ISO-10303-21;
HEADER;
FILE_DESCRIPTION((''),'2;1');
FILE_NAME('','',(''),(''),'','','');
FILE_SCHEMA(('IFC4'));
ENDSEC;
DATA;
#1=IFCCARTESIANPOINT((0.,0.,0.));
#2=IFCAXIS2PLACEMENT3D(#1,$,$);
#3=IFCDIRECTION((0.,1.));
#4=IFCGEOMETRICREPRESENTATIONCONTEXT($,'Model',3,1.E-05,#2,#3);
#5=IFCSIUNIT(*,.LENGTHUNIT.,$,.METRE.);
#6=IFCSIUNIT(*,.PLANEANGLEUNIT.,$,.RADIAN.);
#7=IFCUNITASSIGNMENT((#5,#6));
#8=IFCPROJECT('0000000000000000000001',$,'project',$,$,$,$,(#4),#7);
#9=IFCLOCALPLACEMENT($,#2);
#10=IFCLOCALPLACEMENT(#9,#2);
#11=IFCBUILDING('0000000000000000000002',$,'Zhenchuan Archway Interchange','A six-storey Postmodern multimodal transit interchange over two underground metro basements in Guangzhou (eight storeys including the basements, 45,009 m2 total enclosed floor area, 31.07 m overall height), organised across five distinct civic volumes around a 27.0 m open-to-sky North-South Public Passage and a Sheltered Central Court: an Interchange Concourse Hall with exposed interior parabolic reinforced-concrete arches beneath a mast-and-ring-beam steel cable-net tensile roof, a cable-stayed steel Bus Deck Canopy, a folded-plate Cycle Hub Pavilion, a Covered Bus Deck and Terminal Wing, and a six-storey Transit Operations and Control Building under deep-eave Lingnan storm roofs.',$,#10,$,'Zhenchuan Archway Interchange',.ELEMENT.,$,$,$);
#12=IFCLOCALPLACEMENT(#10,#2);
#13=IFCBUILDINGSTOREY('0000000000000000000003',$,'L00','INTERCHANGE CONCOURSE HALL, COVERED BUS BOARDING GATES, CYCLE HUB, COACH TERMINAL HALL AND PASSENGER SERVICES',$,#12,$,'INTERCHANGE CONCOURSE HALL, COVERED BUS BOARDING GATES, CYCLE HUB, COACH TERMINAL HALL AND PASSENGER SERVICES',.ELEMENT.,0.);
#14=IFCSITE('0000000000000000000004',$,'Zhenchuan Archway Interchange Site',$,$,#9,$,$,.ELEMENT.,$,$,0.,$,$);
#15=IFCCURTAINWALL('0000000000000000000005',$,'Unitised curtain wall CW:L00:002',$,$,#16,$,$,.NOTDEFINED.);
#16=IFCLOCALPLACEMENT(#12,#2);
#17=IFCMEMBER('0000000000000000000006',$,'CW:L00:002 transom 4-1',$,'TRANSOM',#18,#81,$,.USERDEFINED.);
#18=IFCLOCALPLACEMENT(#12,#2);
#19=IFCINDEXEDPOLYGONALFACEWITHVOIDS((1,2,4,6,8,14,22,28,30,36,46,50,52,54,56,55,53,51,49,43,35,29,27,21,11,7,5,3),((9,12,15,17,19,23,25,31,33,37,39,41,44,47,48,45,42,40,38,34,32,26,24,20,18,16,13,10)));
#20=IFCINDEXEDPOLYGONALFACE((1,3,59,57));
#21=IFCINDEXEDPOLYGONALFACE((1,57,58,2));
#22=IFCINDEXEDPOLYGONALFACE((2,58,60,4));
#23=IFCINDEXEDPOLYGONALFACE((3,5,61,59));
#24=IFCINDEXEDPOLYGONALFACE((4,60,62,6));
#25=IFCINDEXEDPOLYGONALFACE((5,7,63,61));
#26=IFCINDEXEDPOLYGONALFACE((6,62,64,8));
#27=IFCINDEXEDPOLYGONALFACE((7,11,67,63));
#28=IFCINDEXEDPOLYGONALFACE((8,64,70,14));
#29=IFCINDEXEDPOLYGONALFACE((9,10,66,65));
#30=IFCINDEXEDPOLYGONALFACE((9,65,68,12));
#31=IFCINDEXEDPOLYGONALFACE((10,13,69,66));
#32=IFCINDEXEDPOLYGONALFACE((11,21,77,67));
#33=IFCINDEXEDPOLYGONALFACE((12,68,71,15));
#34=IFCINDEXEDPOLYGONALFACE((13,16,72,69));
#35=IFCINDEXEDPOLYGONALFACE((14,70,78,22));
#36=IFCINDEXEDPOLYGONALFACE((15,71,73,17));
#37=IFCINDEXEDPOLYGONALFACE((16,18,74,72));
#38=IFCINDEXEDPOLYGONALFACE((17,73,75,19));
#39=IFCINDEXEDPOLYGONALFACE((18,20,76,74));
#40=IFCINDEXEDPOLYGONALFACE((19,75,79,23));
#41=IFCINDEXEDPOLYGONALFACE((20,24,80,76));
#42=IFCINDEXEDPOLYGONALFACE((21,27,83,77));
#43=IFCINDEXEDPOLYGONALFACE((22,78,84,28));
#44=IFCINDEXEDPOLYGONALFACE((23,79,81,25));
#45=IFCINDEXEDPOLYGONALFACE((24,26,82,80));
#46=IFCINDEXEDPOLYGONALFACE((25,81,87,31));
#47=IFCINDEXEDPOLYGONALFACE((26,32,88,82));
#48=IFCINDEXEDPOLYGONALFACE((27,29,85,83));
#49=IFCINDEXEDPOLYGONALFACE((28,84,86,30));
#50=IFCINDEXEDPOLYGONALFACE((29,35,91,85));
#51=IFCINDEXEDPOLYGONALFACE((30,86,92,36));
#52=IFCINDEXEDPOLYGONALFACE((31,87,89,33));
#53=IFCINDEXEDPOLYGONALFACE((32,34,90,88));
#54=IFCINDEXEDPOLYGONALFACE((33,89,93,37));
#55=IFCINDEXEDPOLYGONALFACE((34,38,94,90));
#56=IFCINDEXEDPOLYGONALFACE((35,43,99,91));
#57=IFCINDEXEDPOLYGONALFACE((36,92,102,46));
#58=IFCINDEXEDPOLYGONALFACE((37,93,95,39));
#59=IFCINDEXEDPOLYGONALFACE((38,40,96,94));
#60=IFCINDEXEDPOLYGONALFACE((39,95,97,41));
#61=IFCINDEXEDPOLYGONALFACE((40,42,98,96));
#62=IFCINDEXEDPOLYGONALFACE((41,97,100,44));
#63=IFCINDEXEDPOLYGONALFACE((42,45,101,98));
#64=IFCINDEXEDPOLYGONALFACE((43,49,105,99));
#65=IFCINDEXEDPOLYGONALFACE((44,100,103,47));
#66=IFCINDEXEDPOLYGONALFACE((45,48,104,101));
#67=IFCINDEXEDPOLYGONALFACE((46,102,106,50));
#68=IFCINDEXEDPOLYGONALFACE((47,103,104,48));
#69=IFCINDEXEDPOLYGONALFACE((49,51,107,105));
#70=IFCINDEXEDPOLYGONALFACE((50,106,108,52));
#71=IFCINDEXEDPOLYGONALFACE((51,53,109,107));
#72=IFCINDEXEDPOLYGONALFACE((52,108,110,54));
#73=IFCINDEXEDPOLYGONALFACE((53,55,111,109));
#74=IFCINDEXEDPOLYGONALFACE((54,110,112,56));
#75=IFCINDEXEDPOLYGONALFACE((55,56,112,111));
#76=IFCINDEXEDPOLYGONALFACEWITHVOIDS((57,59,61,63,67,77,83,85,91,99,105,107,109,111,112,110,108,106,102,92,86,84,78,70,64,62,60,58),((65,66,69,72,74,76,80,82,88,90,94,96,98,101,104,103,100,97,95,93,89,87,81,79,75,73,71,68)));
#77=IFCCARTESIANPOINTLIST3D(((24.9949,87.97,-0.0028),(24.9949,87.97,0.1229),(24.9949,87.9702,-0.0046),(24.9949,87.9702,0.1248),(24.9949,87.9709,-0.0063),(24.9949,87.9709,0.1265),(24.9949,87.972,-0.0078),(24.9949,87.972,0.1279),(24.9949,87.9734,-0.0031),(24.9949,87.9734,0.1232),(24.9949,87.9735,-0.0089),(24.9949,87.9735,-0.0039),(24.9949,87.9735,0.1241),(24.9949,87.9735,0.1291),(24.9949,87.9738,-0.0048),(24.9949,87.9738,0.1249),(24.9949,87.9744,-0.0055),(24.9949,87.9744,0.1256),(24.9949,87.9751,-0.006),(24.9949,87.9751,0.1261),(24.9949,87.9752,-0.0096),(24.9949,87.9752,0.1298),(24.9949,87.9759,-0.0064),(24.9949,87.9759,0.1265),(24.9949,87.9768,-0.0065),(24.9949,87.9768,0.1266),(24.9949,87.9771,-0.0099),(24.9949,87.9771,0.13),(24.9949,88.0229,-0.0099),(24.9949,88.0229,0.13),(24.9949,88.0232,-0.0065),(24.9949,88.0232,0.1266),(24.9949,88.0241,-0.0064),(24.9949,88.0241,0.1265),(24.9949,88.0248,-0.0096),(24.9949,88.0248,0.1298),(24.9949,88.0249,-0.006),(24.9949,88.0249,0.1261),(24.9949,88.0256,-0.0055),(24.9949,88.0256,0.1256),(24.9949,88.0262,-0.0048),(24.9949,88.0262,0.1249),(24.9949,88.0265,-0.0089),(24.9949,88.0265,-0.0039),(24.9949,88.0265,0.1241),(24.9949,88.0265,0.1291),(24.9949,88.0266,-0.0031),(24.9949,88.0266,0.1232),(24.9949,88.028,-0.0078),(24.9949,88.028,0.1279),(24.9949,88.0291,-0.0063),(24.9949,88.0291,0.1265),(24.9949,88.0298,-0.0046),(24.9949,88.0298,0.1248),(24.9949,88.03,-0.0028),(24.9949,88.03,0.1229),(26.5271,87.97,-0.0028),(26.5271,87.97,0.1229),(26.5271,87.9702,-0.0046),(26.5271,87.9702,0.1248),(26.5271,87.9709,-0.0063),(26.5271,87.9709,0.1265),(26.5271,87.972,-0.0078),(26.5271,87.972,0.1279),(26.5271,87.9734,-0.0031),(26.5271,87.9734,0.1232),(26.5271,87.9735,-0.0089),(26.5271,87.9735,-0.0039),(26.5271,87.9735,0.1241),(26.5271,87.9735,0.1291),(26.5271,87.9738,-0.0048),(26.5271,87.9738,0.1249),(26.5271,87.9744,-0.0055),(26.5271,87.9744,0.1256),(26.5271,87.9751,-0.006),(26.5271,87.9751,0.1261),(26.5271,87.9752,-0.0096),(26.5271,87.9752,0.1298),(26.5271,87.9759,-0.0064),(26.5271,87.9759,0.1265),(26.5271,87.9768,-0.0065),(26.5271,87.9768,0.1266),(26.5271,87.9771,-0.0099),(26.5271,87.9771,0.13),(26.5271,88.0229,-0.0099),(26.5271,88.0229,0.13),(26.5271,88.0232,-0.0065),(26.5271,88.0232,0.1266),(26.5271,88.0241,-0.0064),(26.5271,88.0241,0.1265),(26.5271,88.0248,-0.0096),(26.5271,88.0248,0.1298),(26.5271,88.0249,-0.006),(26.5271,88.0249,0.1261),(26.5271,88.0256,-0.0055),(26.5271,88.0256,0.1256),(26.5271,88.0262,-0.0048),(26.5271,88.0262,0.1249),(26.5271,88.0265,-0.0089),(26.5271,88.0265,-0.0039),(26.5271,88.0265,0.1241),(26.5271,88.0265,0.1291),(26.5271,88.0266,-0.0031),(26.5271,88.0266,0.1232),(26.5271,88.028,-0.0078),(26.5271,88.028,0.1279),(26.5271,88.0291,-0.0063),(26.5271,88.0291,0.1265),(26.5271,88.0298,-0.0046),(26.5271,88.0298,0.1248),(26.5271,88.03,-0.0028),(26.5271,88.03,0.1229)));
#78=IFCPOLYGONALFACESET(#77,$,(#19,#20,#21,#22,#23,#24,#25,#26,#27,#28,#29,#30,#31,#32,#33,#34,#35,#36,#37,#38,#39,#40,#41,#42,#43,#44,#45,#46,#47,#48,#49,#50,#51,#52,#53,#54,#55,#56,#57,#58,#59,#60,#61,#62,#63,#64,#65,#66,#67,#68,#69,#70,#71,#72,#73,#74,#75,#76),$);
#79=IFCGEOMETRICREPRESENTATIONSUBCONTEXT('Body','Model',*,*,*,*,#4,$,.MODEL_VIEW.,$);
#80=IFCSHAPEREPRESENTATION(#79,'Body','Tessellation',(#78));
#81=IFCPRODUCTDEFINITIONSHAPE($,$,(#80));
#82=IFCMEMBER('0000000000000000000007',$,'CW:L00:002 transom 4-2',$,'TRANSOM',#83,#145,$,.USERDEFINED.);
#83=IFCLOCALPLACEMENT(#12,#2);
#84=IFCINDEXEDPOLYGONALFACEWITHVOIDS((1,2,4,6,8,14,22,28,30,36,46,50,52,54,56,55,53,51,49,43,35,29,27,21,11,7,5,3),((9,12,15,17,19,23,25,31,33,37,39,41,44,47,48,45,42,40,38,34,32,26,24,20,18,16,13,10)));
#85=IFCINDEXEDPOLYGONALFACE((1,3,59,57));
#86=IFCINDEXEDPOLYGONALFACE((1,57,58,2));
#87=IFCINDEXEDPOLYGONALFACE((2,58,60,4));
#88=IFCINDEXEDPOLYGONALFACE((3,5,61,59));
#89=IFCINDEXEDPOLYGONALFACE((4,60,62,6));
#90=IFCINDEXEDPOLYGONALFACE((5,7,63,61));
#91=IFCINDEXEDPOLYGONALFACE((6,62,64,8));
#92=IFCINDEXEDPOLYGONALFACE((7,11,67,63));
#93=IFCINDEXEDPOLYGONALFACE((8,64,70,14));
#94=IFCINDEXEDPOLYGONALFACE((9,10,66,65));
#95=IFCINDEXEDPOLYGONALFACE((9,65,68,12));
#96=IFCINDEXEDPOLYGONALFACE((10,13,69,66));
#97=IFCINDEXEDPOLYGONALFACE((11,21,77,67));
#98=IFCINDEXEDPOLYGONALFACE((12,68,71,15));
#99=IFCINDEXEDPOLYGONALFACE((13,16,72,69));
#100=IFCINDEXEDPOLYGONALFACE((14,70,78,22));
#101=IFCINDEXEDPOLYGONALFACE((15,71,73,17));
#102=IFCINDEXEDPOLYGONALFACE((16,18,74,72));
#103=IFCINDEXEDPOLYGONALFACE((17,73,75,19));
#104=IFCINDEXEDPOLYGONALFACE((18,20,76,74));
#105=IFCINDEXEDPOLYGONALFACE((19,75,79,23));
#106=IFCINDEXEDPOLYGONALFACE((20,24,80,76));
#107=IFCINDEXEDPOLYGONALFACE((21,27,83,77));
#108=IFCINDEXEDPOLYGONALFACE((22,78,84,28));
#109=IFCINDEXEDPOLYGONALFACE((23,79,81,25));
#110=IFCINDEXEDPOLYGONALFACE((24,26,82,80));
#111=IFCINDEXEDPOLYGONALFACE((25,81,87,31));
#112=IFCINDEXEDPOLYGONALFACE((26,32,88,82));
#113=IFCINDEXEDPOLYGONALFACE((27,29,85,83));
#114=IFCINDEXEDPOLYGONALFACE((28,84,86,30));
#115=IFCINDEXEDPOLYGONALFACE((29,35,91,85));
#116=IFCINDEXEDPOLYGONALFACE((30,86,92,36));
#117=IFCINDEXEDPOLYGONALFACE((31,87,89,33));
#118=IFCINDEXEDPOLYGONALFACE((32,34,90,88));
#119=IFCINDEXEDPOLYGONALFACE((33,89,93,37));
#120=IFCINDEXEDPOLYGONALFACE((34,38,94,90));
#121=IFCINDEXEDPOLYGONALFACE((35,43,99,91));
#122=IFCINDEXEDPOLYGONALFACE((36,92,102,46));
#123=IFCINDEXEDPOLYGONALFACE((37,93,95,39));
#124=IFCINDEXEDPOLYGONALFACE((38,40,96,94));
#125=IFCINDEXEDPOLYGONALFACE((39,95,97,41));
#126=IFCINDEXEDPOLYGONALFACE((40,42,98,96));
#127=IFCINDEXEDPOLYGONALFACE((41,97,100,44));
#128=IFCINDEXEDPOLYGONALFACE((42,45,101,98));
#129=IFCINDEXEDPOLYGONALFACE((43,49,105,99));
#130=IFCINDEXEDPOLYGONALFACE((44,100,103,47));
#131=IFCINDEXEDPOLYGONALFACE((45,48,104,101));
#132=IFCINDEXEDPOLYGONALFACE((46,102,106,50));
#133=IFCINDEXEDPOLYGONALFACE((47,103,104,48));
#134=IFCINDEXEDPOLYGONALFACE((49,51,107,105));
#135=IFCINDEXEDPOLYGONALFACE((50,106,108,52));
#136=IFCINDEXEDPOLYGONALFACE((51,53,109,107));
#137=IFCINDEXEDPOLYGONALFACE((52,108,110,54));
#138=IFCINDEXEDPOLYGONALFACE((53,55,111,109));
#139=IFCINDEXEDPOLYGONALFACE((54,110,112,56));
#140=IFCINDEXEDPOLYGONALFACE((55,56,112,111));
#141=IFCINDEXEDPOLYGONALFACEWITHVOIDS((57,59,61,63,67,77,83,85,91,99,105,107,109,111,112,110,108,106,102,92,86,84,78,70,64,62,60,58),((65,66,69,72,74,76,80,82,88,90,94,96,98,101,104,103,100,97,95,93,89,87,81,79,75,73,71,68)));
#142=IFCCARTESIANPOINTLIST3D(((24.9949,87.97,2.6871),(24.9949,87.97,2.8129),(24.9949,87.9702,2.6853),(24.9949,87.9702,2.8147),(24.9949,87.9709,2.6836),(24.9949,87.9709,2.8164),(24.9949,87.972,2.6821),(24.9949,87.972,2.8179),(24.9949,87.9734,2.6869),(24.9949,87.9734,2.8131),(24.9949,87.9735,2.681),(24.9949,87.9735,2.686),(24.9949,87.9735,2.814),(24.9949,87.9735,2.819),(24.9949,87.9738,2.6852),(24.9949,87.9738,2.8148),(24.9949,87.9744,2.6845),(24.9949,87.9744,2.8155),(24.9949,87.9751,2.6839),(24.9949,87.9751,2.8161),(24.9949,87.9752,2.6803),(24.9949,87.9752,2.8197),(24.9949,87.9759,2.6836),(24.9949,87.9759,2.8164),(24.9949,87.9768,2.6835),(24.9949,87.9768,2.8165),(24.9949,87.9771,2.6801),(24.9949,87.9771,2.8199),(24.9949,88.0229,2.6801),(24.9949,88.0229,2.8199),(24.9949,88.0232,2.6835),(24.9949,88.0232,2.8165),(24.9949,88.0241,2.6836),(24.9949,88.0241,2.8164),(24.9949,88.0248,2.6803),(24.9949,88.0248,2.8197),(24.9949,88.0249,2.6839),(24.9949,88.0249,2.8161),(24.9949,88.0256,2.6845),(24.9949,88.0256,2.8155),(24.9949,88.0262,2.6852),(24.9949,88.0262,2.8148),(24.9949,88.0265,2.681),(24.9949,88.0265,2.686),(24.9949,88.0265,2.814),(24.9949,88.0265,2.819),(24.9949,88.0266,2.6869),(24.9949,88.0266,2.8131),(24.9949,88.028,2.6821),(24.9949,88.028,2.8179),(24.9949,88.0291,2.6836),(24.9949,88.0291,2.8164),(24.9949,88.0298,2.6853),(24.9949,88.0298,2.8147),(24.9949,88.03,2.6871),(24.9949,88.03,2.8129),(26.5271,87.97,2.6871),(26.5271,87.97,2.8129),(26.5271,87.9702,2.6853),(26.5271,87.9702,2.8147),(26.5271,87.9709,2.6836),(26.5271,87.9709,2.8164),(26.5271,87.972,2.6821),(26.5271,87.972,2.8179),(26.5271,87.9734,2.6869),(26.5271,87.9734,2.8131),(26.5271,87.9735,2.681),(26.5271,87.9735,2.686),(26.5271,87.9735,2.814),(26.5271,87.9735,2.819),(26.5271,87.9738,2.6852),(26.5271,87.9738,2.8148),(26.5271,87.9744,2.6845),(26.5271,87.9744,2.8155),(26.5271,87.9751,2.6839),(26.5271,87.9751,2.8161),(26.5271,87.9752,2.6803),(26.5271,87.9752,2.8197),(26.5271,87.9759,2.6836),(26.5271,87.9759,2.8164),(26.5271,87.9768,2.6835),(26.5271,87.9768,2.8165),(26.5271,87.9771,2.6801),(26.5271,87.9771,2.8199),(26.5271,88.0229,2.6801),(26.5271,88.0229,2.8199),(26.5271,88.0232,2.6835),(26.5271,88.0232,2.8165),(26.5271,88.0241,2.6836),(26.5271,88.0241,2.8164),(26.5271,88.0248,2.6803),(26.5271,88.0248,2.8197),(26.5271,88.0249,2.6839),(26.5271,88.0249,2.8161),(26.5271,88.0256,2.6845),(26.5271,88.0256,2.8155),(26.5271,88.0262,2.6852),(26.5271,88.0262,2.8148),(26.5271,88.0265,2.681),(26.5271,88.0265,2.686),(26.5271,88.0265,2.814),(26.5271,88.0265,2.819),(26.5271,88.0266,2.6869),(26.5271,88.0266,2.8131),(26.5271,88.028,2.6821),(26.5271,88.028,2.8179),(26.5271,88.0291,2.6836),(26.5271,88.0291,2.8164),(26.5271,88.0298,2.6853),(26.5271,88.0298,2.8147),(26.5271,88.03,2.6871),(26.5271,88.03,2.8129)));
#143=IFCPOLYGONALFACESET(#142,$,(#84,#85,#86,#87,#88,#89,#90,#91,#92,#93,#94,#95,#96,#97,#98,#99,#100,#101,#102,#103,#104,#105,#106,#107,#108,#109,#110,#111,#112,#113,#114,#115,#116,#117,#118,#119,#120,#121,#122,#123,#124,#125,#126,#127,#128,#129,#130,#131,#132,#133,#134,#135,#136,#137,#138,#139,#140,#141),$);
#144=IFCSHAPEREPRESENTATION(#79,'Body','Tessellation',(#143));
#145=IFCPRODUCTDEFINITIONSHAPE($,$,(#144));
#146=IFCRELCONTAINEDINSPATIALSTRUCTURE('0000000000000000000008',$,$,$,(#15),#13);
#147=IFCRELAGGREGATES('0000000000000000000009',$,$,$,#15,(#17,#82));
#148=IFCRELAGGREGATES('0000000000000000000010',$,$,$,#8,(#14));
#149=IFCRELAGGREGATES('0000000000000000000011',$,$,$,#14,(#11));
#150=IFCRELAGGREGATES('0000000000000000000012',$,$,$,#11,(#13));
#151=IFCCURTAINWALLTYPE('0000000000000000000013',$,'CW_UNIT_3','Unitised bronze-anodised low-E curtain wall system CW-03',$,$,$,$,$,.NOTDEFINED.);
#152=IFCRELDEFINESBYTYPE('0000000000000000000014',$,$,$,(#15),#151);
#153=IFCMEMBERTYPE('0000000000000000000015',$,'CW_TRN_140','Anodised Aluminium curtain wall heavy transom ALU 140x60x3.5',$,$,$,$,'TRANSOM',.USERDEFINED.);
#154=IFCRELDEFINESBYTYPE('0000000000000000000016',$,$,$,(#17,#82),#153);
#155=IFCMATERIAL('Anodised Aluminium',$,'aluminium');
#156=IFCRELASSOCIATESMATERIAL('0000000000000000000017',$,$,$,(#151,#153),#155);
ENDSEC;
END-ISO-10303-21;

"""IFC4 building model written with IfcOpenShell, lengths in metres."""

from ifc_helpers import new_model, si_unit, direction, frame, origin, origin_2d, place, context, subcontext, project, spatial, hollow_rectangle, extrude, material, material_profile, profile_set, type_object, element, aggregate, save


model = new_model("IFC4")

# Units and contexts
model_context = context("Model", 3, precision=1e-05, world=origin(), true_north=direction((0.0, 1.0)))
body_context = subcontext(model_context, "Body", "Model", "MODEL_VIEW")
ifc_project = project(units=[si_unit("LENGTHUNIT", "METRE"), si_unit("PLANEANGLEUNIT", "RADIAN")], contexts=[model_context])

# Site, building, storey
site_placement = place(None, origin())
site = spatial("IfcSite", under=ifc_project, at=site_placement, Name="Zhenchuan Archway Interchange Site", CompositionType="ELEMENT", RefElevation=0.0)
building_placement = place(site_placement, origin())
building = spatial("IfcBuilding", under=site, at=building_placement, Name="Zhenchuan Archway Interchange", Description="A six-storey Postmodern multimodal transit interchange over two underground metro basements in Guangzhou (eight storeys including the basements, 45,009 m2 total enclosed floor area, 31.07 m overall height), organised across five distinct civic volumes around a 27.0 m open-to-sky North-South Public Passage and a Sheltered Central Court: an Interchange Concourse Hall with exposed interior parabolic reinforced-concrete arches beneath a mast-and-ring-beam steel cable-net tensile roof, a cable-stayed steel Bus Deck Canopy, a folded-plate Cycle Hub Pavilion, a Covered Bus Deck and Terminal Wing, and a six-storey Transit Operations and Control Building under deep-eave Lingnan storm roofs.", LongName="Zhenchuan Archway Interchange", CompositionType="ELEMENT")
storey_placement = place(building_placement, origin())
storey = spatial("IfcBuildingStorey", under=building, at=storey_placement, Name="L00", Description="INTERCHANGE CONCOURSE HALL, COVERED BUS BOARDING GATES, CYCLE HUB, COACH TERMINAL HALL AND PASSENGER SERVICES", LongName="INTERCHANGE CONCOURSE HALL, COVERED BUS BOARDING GATES, CYCLE HUB, COACH TERMINAL HALL AND PASSENGER SERVICES", CompositionType="ELEMENT", Elevation=0.0)

# Curtain wall, members
ifc_material_1 = material(Name="Anodised Aluminium", Category="aluminium")
curtain_wall_type = type_object("IfcCurtainWallType", Name="CW_UNIT_3", Description="Unitised bronze-anodised low-E curtain wall system CW-03", PredefinedType="NOTDEFINED", material=ifc_material_1)
curtain_wall_placement = place(storey_placement, origin())
curtain_wall = element("IfcCurtainWall", 1, at=curtain_wall_placement, inside=storey, type_object=curtain_wall_type, Name="Unitised curtain wall CW:L00:002", PredefinedType="NOTDEFINED")
ifc_material_profile_1 = material_profile(ifc_material_1, hollow_rectangle(XDim=0.0601, YDim=0.1399, WallThickness=0.0034, InnerFilletRadius=0.0034, OuterFilletRadius=0.0071, at=origin_2d()), Name="ALU 140x60x3.5")
ifc_profile_set_1 = profile_set([ifc_material_profile_1], Name="Anodised Aluminium")
member_type_1 = type_object("IfcMemberType", Name="CW_TRN_140", Description="Anodised Aluminium curtain wall heavy transom ALU 140x60x3.5", ElementType="TRANSOM", PredefinedType="USERDEFINED", material=ifc_profile_set_1)
member_1_placement = place(storey_placement, frame((24.9949, 88.0, 0.0601), z_axis=(1.0, 0.0, 0.0), x_axis=(0.0, 1.0, 0.0)))
member_1 = element("IfcMember", 2, at=member_1_placement, type_object=member_type_1, Name="CW:L00:002 transom 4-1", ObjectType="TRANSOM", PredefinedType="USERDEFINED", context=body_context, shape_type="SweptSolid", body=[
    extrude(hollow_rectangle(XDim=0.0601, YDim=0.1399, WallThickness=0.0034, InnerFilletRadius=0.0034, OuterFilletRadius=0.0071, at=origin_2d()), origin(), (0.0, 0.0, 1.0), 1.5322),
])
member_2_placement = place(storey_placement, frame((24.9949, 88.0, 2.75), z_axis=(1.0, 0.0, 0.0), x_axis=(0.0, 1.0, 0.0)))
member_2 = element("IfcMember", 3, at=member_2_placement, type_object=member_type_1, Name="CW:L00:002 transom 4-2", ObjectType="TRANSOM", PredefinedType="USERDEFINED", context=body_context, shape_type="SweptSolid", body=[
    extrude(hollow_rectangle(XDim=0.0601, YDim=0.1399, WallThickness=0.0034, InnerFilletRadius=0.0034, OuterFilletRadius=0.0071, at=origin_2d()), origin(), (0.0, 0.0, 1.0), 1.5322),
])
aggregate(curtain_wall, [member_1, member_2])

save(model, "model.ifc")
